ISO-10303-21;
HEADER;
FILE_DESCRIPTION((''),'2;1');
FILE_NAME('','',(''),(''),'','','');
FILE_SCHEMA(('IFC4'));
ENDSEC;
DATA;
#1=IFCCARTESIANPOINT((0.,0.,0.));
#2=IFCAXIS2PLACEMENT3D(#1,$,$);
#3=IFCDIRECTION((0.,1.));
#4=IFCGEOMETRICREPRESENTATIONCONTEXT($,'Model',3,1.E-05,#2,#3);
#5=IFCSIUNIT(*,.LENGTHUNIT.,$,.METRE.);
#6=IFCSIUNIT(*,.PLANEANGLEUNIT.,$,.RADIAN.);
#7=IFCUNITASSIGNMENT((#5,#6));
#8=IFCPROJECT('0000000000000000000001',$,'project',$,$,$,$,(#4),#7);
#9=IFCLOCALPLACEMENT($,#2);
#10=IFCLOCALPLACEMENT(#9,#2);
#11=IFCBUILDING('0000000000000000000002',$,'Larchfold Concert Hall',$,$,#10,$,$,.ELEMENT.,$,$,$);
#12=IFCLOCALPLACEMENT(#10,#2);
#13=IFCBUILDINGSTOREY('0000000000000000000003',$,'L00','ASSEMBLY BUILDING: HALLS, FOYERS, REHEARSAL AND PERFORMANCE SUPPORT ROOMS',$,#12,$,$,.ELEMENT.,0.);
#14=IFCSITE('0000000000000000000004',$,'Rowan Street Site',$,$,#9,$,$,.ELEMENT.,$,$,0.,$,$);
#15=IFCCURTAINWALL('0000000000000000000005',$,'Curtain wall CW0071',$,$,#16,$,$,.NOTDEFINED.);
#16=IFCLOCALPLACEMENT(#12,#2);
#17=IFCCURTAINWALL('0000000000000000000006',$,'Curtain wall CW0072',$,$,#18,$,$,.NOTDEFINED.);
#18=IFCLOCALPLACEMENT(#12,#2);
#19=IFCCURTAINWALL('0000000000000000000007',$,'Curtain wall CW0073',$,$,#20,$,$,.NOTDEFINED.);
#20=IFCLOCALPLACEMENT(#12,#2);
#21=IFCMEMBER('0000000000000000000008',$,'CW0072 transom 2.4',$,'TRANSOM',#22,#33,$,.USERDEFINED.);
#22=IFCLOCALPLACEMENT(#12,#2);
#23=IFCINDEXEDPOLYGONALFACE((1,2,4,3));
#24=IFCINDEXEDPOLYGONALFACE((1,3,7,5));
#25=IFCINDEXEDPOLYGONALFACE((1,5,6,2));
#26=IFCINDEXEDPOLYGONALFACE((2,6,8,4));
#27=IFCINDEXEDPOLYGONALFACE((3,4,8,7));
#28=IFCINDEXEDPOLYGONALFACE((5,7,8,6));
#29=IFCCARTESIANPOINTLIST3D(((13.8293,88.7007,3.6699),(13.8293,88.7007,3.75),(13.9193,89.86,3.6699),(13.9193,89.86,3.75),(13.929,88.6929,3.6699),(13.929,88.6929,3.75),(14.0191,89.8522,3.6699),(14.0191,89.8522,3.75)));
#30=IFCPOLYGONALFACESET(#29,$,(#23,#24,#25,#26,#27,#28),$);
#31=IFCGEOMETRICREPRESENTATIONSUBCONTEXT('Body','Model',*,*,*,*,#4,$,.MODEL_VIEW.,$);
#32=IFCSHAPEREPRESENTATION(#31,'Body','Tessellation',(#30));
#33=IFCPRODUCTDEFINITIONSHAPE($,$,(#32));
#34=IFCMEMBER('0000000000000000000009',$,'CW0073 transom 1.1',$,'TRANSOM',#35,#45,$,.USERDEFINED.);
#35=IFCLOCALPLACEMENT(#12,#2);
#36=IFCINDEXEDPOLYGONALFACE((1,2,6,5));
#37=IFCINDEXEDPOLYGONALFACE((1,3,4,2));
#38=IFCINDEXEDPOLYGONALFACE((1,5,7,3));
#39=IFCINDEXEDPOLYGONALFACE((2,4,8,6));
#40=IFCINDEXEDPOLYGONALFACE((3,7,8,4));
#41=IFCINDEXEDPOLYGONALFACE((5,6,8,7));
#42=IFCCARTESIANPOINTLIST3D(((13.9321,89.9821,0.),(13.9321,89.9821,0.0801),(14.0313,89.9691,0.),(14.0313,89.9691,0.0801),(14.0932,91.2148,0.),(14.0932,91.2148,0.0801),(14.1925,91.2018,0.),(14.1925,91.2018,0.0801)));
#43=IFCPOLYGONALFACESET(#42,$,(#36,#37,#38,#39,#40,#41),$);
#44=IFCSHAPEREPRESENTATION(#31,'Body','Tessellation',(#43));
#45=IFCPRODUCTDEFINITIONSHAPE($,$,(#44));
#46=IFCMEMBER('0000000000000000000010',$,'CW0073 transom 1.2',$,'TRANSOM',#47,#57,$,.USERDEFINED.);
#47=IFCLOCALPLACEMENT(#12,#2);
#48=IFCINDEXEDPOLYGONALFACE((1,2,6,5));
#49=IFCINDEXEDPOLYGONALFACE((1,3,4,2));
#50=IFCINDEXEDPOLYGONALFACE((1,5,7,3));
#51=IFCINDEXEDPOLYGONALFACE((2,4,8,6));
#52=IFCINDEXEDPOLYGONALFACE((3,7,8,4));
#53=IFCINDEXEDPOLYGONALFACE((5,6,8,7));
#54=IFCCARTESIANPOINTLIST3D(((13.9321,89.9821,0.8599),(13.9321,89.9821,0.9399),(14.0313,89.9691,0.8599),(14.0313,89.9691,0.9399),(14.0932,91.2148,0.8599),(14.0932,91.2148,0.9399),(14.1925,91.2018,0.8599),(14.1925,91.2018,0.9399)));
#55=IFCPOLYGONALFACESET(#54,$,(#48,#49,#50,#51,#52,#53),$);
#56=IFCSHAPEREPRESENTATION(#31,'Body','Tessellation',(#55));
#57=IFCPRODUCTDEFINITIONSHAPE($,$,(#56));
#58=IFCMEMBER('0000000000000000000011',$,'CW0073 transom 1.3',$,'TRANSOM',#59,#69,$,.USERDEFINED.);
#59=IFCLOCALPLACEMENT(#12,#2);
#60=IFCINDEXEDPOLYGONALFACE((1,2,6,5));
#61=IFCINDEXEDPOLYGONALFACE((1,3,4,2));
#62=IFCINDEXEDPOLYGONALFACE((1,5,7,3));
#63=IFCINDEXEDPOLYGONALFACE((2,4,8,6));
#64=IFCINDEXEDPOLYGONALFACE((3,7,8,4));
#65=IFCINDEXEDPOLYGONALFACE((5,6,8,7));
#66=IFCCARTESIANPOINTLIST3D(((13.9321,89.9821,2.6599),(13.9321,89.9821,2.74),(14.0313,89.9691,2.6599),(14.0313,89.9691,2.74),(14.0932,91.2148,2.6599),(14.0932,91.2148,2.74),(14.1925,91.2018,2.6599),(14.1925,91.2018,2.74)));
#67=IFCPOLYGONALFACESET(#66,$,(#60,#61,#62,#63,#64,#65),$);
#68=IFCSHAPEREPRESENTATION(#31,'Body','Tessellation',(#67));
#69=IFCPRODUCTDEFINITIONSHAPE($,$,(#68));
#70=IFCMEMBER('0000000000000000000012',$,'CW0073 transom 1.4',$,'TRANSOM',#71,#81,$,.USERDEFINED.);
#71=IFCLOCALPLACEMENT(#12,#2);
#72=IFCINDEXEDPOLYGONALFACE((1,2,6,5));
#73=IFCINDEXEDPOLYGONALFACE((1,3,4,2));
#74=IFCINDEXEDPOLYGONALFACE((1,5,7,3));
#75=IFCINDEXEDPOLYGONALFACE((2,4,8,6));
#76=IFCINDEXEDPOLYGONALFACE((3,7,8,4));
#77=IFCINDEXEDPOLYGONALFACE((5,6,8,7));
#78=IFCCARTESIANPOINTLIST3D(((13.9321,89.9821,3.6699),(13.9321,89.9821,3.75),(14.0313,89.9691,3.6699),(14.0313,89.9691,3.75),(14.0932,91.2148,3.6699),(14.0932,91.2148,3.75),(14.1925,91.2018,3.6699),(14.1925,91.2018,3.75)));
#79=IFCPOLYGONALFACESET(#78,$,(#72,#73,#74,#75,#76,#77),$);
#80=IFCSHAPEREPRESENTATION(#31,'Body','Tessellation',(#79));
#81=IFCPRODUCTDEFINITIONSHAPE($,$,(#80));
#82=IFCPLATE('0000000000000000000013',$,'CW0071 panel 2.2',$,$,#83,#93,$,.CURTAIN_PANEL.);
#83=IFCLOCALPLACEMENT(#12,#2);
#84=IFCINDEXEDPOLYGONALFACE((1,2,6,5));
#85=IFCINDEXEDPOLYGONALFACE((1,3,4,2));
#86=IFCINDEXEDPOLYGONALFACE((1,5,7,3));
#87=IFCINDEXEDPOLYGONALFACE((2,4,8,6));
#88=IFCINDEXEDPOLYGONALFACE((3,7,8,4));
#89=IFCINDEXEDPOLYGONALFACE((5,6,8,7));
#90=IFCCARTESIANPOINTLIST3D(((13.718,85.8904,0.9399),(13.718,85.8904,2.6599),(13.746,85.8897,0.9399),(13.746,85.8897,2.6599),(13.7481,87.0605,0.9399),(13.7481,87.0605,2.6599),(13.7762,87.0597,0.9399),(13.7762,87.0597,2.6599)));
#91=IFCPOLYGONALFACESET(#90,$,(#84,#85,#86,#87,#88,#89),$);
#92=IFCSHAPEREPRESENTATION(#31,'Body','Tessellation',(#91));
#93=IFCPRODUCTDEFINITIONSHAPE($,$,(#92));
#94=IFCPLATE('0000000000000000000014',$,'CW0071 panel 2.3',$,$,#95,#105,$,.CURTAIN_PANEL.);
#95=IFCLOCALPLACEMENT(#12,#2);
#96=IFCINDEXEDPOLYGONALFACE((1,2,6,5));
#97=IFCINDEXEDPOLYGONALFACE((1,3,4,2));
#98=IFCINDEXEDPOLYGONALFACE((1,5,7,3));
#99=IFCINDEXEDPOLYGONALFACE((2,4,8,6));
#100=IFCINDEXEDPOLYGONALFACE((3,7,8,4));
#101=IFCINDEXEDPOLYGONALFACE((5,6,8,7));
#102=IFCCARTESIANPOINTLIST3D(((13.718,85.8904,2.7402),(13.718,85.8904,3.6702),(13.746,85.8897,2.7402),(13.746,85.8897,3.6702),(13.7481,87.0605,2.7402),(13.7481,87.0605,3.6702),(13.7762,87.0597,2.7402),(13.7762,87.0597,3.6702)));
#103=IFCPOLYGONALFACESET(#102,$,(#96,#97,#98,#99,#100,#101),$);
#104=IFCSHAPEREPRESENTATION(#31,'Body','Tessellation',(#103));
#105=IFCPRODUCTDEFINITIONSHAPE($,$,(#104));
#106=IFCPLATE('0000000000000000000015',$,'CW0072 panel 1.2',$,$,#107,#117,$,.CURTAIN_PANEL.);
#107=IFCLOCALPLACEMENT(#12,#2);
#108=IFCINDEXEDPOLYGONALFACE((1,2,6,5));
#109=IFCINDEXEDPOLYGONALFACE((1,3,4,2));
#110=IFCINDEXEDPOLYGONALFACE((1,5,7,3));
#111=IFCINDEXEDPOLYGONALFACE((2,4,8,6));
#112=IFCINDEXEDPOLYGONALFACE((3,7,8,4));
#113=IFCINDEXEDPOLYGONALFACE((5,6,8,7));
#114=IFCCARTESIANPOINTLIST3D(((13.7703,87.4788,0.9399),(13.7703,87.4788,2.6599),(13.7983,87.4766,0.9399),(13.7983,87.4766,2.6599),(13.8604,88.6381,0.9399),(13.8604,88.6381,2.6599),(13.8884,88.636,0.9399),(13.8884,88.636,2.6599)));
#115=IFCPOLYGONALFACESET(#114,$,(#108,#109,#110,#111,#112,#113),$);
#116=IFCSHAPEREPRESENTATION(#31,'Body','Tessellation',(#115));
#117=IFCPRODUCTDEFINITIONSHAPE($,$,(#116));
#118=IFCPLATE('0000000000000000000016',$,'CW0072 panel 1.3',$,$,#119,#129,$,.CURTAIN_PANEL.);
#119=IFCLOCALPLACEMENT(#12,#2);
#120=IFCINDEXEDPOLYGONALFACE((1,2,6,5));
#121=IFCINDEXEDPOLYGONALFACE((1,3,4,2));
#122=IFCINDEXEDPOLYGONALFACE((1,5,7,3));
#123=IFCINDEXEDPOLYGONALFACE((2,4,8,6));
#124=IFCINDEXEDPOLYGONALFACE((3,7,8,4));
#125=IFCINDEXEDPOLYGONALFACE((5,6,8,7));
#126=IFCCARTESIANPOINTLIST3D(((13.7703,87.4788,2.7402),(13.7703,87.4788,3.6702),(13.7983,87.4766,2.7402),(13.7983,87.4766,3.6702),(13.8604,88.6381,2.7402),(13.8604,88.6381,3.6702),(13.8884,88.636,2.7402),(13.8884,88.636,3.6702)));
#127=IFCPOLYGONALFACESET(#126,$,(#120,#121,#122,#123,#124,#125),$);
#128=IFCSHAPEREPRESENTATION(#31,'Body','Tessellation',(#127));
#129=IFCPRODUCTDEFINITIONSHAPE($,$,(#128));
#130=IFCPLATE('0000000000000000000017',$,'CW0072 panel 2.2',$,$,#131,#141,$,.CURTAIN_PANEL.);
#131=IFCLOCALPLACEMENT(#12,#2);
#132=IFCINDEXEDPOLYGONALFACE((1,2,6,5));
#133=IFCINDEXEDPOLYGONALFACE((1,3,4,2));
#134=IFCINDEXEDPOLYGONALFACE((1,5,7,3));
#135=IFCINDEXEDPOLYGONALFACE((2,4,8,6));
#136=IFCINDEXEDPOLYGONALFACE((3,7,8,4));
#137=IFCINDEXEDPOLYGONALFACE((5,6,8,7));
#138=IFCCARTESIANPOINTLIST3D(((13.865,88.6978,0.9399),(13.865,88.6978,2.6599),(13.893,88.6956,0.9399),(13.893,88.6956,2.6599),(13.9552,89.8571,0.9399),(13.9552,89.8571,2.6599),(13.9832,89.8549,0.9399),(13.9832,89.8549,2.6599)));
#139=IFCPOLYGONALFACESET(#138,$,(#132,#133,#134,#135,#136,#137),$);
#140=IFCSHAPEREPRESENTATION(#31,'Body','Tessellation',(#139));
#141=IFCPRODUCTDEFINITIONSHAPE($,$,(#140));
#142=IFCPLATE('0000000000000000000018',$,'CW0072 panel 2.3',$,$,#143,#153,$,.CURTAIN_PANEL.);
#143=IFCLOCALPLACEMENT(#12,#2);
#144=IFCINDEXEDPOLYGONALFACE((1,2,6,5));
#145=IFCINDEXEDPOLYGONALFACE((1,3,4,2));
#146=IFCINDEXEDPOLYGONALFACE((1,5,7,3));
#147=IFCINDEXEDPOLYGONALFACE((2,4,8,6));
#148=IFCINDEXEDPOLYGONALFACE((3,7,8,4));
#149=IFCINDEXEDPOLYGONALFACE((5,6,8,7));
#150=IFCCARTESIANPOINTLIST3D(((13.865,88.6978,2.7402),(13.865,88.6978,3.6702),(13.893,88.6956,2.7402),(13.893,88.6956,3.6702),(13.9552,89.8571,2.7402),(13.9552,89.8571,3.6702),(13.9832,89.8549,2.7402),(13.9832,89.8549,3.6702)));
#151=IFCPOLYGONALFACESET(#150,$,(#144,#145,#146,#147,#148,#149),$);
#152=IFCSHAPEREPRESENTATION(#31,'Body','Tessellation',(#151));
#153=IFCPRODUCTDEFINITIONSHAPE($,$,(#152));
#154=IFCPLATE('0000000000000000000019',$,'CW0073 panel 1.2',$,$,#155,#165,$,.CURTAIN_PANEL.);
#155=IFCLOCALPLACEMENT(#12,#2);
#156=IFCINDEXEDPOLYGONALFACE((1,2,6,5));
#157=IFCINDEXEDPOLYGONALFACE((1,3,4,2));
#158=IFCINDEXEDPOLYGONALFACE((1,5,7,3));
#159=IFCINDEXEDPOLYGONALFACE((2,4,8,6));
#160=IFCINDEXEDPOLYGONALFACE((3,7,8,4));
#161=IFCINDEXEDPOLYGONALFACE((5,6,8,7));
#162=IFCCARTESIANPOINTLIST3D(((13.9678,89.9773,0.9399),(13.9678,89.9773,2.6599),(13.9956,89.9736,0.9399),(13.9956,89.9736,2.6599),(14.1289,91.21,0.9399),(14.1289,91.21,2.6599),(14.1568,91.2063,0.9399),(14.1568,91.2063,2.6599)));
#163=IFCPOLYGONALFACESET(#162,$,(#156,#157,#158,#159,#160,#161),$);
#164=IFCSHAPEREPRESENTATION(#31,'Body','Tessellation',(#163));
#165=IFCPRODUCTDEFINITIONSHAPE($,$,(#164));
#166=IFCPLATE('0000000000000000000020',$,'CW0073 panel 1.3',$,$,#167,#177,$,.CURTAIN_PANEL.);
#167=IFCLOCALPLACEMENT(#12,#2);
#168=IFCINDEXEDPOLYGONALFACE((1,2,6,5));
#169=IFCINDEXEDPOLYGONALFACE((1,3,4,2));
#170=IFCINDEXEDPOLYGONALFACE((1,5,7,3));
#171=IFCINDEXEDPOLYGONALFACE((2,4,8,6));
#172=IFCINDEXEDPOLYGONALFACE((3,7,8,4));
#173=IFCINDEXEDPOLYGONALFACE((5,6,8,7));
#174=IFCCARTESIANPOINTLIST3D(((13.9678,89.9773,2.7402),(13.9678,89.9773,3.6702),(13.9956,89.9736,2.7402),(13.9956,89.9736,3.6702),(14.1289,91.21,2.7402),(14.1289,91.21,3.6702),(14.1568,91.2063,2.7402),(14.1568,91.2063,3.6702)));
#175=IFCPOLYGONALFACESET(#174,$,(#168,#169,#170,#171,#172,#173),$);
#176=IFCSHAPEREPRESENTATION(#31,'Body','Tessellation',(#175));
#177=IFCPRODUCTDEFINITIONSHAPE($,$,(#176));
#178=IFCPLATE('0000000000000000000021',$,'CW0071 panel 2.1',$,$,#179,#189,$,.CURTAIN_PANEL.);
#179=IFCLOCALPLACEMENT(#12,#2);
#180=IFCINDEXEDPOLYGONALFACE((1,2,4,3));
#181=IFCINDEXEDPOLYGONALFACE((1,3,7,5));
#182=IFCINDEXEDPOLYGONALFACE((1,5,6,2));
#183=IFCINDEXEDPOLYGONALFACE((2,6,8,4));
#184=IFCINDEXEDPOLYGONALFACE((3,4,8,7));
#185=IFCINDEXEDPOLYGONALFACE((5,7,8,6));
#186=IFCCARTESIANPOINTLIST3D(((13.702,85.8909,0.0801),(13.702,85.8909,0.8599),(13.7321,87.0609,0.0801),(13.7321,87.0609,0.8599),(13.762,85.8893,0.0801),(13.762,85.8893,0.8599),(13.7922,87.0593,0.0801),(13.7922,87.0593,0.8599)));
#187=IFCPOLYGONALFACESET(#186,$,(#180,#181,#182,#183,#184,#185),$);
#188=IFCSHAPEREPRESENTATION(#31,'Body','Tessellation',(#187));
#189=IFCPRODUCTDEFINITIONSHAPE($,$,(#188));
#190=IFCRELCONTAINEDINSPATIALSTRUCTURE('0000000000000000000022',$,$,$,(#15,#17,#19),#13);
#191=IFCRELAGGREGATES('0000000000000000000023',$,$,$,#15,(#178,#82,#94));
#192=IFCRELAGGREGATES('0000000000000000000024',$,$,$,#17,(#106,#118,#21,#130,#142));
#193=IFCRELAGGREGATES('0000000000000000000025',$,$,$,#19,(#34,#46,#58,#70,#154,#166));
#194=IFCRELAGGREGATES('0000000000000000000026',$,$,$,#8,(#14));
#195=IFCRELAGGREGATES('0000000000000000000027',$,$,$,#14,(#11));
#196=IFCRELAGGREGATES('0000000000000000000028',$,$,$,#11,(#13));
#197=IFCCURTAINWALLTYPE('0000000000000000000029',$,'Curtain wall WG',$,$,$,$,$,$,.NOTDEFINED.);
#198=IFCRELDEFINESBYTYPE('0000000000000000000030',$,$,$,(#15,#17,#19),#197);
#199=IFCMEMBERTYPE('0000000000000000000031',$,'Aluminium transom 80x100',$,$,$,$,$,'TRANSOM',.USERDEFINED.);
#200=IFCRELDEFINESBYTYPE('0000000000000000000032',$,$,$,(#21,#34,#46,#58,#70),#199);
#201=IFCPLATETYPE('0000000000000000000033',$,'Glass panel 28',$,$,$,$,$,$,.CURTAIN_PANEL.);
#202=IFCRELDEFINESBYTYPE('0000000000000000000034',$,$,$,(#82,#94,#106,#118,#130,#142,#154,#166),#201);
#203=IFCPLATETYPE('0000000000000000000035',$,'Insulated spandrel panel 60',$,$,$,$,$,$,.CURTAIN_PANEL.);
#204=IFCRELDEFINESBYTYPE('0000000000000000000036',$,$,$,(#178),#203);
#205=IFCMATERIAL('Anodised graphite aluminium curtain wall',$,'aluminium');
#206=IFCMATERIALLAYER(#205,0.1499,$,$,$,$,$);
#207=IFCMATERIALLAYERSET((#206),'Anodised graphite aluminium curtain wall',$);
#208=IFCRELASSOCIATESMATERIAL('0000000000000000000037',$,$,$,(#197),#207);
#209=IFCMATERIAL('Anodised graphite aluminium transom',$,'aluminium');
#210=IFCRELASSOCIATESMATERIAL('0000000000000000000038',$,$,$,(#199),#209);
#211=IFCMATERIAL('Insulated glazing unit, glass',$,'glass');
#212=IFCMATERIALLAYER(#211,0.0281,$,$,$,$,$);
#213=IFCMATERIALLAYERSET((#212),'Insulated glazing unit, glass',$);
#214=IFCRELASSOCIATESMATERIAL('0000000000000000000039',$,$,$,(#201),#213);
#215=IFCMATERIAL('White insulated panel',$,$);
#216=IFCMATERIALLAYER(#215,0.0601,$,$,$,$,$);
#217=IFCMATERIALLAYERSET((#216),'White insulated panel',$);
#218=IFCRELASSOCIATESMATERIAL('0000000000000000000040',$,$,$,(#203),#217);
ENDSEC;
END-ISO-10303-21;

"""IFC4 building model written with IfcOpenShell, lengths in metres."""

from ifc_helpers import new_model, si_unit, direction, frame, origin, origin_2d, place, context, subcontext, project, spatial, rectangle, extrude, material, layer, layer_set, material_profile, profile_set, type_object, element, aggregate, save


model = new_model("IFC4")

# Units and contexts
model_context = context("Model", 3, precision=1e-05, world=origin(), true_north=direction((0.0, 1.0)))
body_context = subcontext(model_context, "Body", "Model", "MODEL_VIEW")
ifc_project = project(units=[si_unit("LENGTHUNIT", "METRE"), si_unit("PLANEANGLEUNIT", "RADIAN")], contexts=[model_context])

# Site, building, storey
site_placement = place(None, origin())
site = spatial("IfcSite", under=ifc_project, at=site_placement, Name="Rowan Street Site", CompositionType="ELEMENT", RefElevation=0.0)
building_placement = place(site_placement, origin())
building = spatial("IfcBuilding", under=site, at=building_placement, Name="Larchfold Concert Hall", CompositionType="ELEMENT")
storey_placement = place(building_placement, origin())
storey = spatial("IfcBuildingStorey", under=building, at=storey_placement, Name="L00", Description="ASSEMBLY BUILDING: HALLS, FOYERS, REHEARSAL AND PERFORMANCE SUPPORT ROOMS", CompositionType="ELEMENT", Elevation=0.0)

# Curtain wall
ifc_material_1 = material(Name="Anodised graphite aluminium curtain wall", Category="aluminium")
ifc_layer_1 = layer(ifc_material_1, 0.1499)
ifc_layer_set_1 = layer_set([ifc_layer_1], Name="Anodised graphite aluminium curtain wall")
curtain_wall_type = type_object("IfcCurtainWallType", Name="Curtain wall WG", PredefinedType="NOTDEFINED", material=ifc_layer_set_1)
curtain_wall_1_placement = place(storey_placement, origin())
curtain_wall_1 = element("IfcCurtainWall", 1, at=curtain_wall_1_placement, inside=storey, type_object=curtain_wall_type, Name="Curtain wall CW0071", PredefinedType="NOTDEFINED")

# Curtain walls
curtain_wall_2_placement = place(storey_placement, origin())
curtain_wall_2 = element("IfcCurtainWall", 2, at=curtain_wall_2_placement, inside=storey, type_object=curtain_wall_type, Name="Curtain wall CW0072", PredefinedType="NOTDEFINED")
curtain_wall_3_placement = place(storey_placement, origin())
curtain_wall_3 = element("IfcCurtainWall", 3, at=curtain_wall_3_placement, inside=storey, type_object=curtain_wall_type, Name="Curtain wall CW0073", PredefinedType="NOTDEFINED")

# Members
ifc_material_2 = material(Name="Anodised graphite aluminium transom", Category="aluminium")
ifc_material_profile_1 = material_profile(ifc_material_2, rectangle(XDim=0.1001, YDim=0.0801, at=origin_2d()))
ifc_profile_set_1 = profile_set([ifc_material_profile_1], Name="Anodised graphite aluminium transom")
member_type_1 = type_object("IfcMemberType", Name="Aluminium transom 80x100", ElementType="TRANSOM", PredefinedType="USERDEFINED", material=ifc_profile_set_1)
member_1_placement = place(storey_placement, frame((13.8792, 88.6968, 3.71), z_axis=(0.077467, 0.996995, 0.0), x_axis=(-0.996995, 0.077467, 0.0)))
member_1 = element("IfcMember", 4, at=member_1_placement, type_object=member_type_1, Name="CW0072 transom 2.4", ObjectType="TRANSOM", PredefinedType="USERDEFINED", context=body_context, shape_type="SweptSolid", body=[
    extrude(rectangle(XDim=0.1001, YDim=0.0801, at=origin_2d()), origin(), (0.0, 0.0, 1.0), 1.1628),
])
member_2_placement = place(storey_placement, frame((13.9817, 89.9756, 0.04), z_axis=(0.129616, 0.991564, 0.0), x_axis=(-0.991564, 0.129616, 0.0)))
member_2 = element("IfcMember", 5, at=member_2_placement, type_object=member_type_1, Name="CW0073 transom 1.1", ObjectType="TRANSOM", PredefinedType="USERDEFINED", context=body_context, shape_type="SweptSolid", body=[
    extrude(rectangle(XDim=0.1001, YDim=0.0801, at=origin_2d()), origin(), (0.0, 0.0, 1.0), 1.2432),
])
member_3_placement = place(storey_placement, frame((13.9817, 89.9756, 0.8999), z_axis=(0.129616, 0.991564, 0.0), x_axis=(-0.991564, 0.129616, 0.0)))
member_3 = element("IfcMember", 6, at=member_3_placement, type_object=member_type_1, Name="CW0073 transom 1.2", ObjectType="TRANSOM", PredefinedType="USERDEFINED", context=body_context, shape_type="SweptSolid", body=[
    extrude(rectangle(XDim=0.1001, YDim=0.0801, at=origin_2d()), origin(), (0.0, 0.0, 1.0), 1.2432),
])
member_4_placement = place(storey_placement, frame((13.9817, 89.9756, 2.7), z_axis=(0.129616, 0.991564, 0.0), x_axis=(-0.991564, 0.129616, 0.0)))
member_4 = element("IfcMember", 7, at=member_4_placement, type_object=member_type_1, Name="CW0073 transom 1.3", ObjectType="TRANSOM", PredefinedType="USERDEFINED", context=body_context, shape_type="SweptSolid", body=[
    extrude(rectangle(XDim=0.1001, YDim=0.0801, at=origin_2d()), origin(), (0.0, 0.0, 1.0), 1.2432),
])
member_5_placement = place(storey_placement, frame((13.9817, 89.9756, 3.71), z_axis=(0.129616, 0.991564, 0.0), x_axis=(-0.991564, 0.129616, 0.0)))
member_5 = element("IfcMember", 8, at=member_5_placement, type_object=member_type_1, Name="CW0073 transom 1.4", ObjectType="TRANSOM", PredefinedType="USERDEFINED", context=body_context, shape_type="SweptSolid", body=[
    extrude(rectangle(XDim=0.1001, YDim=0.0801, at=origin_2d()), origin(), (0.0, 0.0, 1.0), 1.2432),
])

# Plates
ifc_material_3 = material(Name="Insulated glazing unit, glass", Category="glass")
ifc_layer_2 = layer(ifc_material_3, 0.0281)
ifc_layer_set_2 = layer_set([ifc_layer_2], Name="Insulated glazing unit, glass")
plate_type_1 = type_object("IfcPlateType", Name="Glass panel 28", PredefinedType="CURTAIN_PANEL", material=ifc_layer_set_2)
plate_1_placement = place(storey_placement, frame((13.7471, 86.4751, 0.9399), z_axis=(0.0, 0.0, 1.0), x_axis=(0.025762, 0.999668, 0.0)))
plate_1 = element("IfcPlate", 9, at=plate_1_placement, type_object=plate_type_1, Name="CW0071 panel 2.2", PredefinedType="CURTAIN_PANEL", context=body_context, shape_type="SweptSolid", body=[
    extrude(rectangle(XDim=1.1704, YDim=0.0281, at=origin_2d()), origin(), (0.0, 0.0, 1.0), 1.72),
])
plate_2_placement = place(storey_placement, frame((13.7471, 86.4751, 2.7402), z_axis=(0.0, 0.0, 1.0), x_axis=(0.025762, 0.999668, 0.0)))
plate_2 = element("IfcPlate", 10, at=plate_2_placement, type_object=plate_type_1, Name="CW0071 panel 2.3", PredefinedType="CURTAIN_PANEL", context=body_context, shape_type="SweptSolid", body=[
    extrude(rectangle(XDim=1.1704, YDim=0.0281, at=origin_2d()), origin(), (0.0, 0.0, 1.0), 0.9299),
])
plate_3_placement = place(storey_placement, frame((13.8293, 88.0574, 0.9399), z_axis=(0.0, 0.0, 1.0), x_axis=(0.077553, 0.996988, 0.0)))
plate_3 = element("IfcPlate", 11, at=plate_3_placement, type_object=plate_type_1, Name="CW0072 panel 1.2", PredefinedType="CURTAIN_PANEL", context=body_context, shape_type="SweptSolid", body=[
    extrude(rectangle(XDim=1.1628, YDim=0.0281, at=origin_2d()), origin(), (0.0, 0.0, 1.0), 1.72),
])
plate_4_placement = place(storey_placement, frame((13.8293, 88.0574, 2.7402), z_axis=(0.0, 0.0, 1.0), x_axis=(0.077553, 0.996988, 0.0)))
plate_4 = element("IfcPlate", 12, at=plate_4_placement, type_object=plate_type_1, Name="CW0072 panel 1.3", PredefinedType="CURTAIN_PANEL", context=body_context, shape_type="SweptSolid", body=[
    extrude(rectangle(XDim=1.1628, YDim=0.0281, at=origin_2d()), origin(), (0.0, 0.0, 1.0), 0.9299),
])
plate_5_placement = place(storey_placement, frame((13.9241, 89.2764, 0.9399), z_axis=(0.0, 0.0, 1.0), x_axis=(0.077553, 0.996988, 0.0)))
plate_5 = element("IfcPlate", 13, at=plate_5_placement, type_object=plate_type_1, Name="CW0072 panel 2.2", PredefinedType="CURTAIN_PANEL", context=body_context, shape_type="SweptSolid", body=[
    extrude(rectangle(XDim=1.1628, YDim=0.0281, at=origin_2d()), origin(), (0.0, 0.0, 1.0), 1.72),
])
plate_6_placement = place(storey_placement, frame((13.9241, 89.2764, 2.7402), z_axis=(0.0, 0.0, 1.0), x_axis=(0.077553, 0.996988, 0.0)))
plate_6 = element("IfcPlate", 14, at=plate_6_placement, type_object=plate_type_1, Name="CW0072 panel 2.3", PredefinedType="CURTAIN_PANEL", context=body_context, shape_type="SweptSolid", body=[
    extrude(rectangle(XDim=1.1628, YDim=0.0281, at=origin_2d()), origin(), (0.0, 0.0, 1.0), 0.9299),
])
plate_7_placement = place(storey_placement, frame((14.0623, 90.5918, 0.9399), z_axis=(0.0, 0.0, 1.0), x_axis=(0.129644, 0.991561, 0.0)))
plate_7 = element("IfcPlate", 15, at=plate_7_placement, type_object=plate_type_1, Name="CW0073 panel 1.2", PredefinedType="CURTAIN_PANEL", context=body_context, shape_type="SweptSolid", body=[
    extrude(rectangle(XDim=1.2432, YDim=0.0281, at=origin_2d()), origin(), (0.0, 0.0, 1.0), 1.72),
])
plate_8_placement = place(storey_placement, frame((14.0623, 90.5918, 2.7402), z_axis=(0.0, 0.0, 1.0), x_axis=(0.129644, 0.991561, 0.0)))
plate_8 = element("IfcPlate", 16, at=plate_8_placement, type_object=plate_type_1, Name="CW0073 panel 1.3", PredefinedType="CURTAIN_PANEL", context=body_context, shape_type="SweptSolid", body=[
    extrude(rectangle(XDim=1.2432, YDim=0.0281, at=origin_2d()), origin(), (0.0, 0.0, 1.0), 0.9299),
])
ifc_material_4 = material(Name="White insulated panel")
ifc_layer_3 = layer(ifc_material_4, 0.0601)
ifc_layer_set_3 = layer_set([ifc_layer_3], Name="White insulated panel")
plate_type_2 = type_object("IfcPlateType", Name="Insulated spandrel panel 60", PredefinedType="CURTAIN_PANEL", material=ifc_layer_set_3)
plate_9_placement = place(storey_placement, frame((13.7471, 86.4751, 0.0801), z_axis=(0.0, 0.0, 1.0), x_axis=(0.025762, 0.999668, 0.0)))
plate_9 = element("IfcPlate", 17, at=plate_9_placement, type_object=plate_type_2, Name="CW0071 panel 2.1", PredefinedType="CURTAIN_PANEL", context=body_context, shape_type="SweptSolid", body=[
    extrude(rectangle(XDim=1.1704, YDim=0.0601, at=origin_2d()), origin(), (0.0, 0.0, 1.0), 0.7798),
])
aggregate(curtain_wall_1, [plate_9, plate_1, plate_2])
aggregate(curtain_wall_2, [plate_3, plate_4, member_1, plate_5, plate_6])
aggregate(curtain_wall_3, [member_2, member_3, member_4, member_5, plate_7, plate_8])

save(model, "model.ifc")
